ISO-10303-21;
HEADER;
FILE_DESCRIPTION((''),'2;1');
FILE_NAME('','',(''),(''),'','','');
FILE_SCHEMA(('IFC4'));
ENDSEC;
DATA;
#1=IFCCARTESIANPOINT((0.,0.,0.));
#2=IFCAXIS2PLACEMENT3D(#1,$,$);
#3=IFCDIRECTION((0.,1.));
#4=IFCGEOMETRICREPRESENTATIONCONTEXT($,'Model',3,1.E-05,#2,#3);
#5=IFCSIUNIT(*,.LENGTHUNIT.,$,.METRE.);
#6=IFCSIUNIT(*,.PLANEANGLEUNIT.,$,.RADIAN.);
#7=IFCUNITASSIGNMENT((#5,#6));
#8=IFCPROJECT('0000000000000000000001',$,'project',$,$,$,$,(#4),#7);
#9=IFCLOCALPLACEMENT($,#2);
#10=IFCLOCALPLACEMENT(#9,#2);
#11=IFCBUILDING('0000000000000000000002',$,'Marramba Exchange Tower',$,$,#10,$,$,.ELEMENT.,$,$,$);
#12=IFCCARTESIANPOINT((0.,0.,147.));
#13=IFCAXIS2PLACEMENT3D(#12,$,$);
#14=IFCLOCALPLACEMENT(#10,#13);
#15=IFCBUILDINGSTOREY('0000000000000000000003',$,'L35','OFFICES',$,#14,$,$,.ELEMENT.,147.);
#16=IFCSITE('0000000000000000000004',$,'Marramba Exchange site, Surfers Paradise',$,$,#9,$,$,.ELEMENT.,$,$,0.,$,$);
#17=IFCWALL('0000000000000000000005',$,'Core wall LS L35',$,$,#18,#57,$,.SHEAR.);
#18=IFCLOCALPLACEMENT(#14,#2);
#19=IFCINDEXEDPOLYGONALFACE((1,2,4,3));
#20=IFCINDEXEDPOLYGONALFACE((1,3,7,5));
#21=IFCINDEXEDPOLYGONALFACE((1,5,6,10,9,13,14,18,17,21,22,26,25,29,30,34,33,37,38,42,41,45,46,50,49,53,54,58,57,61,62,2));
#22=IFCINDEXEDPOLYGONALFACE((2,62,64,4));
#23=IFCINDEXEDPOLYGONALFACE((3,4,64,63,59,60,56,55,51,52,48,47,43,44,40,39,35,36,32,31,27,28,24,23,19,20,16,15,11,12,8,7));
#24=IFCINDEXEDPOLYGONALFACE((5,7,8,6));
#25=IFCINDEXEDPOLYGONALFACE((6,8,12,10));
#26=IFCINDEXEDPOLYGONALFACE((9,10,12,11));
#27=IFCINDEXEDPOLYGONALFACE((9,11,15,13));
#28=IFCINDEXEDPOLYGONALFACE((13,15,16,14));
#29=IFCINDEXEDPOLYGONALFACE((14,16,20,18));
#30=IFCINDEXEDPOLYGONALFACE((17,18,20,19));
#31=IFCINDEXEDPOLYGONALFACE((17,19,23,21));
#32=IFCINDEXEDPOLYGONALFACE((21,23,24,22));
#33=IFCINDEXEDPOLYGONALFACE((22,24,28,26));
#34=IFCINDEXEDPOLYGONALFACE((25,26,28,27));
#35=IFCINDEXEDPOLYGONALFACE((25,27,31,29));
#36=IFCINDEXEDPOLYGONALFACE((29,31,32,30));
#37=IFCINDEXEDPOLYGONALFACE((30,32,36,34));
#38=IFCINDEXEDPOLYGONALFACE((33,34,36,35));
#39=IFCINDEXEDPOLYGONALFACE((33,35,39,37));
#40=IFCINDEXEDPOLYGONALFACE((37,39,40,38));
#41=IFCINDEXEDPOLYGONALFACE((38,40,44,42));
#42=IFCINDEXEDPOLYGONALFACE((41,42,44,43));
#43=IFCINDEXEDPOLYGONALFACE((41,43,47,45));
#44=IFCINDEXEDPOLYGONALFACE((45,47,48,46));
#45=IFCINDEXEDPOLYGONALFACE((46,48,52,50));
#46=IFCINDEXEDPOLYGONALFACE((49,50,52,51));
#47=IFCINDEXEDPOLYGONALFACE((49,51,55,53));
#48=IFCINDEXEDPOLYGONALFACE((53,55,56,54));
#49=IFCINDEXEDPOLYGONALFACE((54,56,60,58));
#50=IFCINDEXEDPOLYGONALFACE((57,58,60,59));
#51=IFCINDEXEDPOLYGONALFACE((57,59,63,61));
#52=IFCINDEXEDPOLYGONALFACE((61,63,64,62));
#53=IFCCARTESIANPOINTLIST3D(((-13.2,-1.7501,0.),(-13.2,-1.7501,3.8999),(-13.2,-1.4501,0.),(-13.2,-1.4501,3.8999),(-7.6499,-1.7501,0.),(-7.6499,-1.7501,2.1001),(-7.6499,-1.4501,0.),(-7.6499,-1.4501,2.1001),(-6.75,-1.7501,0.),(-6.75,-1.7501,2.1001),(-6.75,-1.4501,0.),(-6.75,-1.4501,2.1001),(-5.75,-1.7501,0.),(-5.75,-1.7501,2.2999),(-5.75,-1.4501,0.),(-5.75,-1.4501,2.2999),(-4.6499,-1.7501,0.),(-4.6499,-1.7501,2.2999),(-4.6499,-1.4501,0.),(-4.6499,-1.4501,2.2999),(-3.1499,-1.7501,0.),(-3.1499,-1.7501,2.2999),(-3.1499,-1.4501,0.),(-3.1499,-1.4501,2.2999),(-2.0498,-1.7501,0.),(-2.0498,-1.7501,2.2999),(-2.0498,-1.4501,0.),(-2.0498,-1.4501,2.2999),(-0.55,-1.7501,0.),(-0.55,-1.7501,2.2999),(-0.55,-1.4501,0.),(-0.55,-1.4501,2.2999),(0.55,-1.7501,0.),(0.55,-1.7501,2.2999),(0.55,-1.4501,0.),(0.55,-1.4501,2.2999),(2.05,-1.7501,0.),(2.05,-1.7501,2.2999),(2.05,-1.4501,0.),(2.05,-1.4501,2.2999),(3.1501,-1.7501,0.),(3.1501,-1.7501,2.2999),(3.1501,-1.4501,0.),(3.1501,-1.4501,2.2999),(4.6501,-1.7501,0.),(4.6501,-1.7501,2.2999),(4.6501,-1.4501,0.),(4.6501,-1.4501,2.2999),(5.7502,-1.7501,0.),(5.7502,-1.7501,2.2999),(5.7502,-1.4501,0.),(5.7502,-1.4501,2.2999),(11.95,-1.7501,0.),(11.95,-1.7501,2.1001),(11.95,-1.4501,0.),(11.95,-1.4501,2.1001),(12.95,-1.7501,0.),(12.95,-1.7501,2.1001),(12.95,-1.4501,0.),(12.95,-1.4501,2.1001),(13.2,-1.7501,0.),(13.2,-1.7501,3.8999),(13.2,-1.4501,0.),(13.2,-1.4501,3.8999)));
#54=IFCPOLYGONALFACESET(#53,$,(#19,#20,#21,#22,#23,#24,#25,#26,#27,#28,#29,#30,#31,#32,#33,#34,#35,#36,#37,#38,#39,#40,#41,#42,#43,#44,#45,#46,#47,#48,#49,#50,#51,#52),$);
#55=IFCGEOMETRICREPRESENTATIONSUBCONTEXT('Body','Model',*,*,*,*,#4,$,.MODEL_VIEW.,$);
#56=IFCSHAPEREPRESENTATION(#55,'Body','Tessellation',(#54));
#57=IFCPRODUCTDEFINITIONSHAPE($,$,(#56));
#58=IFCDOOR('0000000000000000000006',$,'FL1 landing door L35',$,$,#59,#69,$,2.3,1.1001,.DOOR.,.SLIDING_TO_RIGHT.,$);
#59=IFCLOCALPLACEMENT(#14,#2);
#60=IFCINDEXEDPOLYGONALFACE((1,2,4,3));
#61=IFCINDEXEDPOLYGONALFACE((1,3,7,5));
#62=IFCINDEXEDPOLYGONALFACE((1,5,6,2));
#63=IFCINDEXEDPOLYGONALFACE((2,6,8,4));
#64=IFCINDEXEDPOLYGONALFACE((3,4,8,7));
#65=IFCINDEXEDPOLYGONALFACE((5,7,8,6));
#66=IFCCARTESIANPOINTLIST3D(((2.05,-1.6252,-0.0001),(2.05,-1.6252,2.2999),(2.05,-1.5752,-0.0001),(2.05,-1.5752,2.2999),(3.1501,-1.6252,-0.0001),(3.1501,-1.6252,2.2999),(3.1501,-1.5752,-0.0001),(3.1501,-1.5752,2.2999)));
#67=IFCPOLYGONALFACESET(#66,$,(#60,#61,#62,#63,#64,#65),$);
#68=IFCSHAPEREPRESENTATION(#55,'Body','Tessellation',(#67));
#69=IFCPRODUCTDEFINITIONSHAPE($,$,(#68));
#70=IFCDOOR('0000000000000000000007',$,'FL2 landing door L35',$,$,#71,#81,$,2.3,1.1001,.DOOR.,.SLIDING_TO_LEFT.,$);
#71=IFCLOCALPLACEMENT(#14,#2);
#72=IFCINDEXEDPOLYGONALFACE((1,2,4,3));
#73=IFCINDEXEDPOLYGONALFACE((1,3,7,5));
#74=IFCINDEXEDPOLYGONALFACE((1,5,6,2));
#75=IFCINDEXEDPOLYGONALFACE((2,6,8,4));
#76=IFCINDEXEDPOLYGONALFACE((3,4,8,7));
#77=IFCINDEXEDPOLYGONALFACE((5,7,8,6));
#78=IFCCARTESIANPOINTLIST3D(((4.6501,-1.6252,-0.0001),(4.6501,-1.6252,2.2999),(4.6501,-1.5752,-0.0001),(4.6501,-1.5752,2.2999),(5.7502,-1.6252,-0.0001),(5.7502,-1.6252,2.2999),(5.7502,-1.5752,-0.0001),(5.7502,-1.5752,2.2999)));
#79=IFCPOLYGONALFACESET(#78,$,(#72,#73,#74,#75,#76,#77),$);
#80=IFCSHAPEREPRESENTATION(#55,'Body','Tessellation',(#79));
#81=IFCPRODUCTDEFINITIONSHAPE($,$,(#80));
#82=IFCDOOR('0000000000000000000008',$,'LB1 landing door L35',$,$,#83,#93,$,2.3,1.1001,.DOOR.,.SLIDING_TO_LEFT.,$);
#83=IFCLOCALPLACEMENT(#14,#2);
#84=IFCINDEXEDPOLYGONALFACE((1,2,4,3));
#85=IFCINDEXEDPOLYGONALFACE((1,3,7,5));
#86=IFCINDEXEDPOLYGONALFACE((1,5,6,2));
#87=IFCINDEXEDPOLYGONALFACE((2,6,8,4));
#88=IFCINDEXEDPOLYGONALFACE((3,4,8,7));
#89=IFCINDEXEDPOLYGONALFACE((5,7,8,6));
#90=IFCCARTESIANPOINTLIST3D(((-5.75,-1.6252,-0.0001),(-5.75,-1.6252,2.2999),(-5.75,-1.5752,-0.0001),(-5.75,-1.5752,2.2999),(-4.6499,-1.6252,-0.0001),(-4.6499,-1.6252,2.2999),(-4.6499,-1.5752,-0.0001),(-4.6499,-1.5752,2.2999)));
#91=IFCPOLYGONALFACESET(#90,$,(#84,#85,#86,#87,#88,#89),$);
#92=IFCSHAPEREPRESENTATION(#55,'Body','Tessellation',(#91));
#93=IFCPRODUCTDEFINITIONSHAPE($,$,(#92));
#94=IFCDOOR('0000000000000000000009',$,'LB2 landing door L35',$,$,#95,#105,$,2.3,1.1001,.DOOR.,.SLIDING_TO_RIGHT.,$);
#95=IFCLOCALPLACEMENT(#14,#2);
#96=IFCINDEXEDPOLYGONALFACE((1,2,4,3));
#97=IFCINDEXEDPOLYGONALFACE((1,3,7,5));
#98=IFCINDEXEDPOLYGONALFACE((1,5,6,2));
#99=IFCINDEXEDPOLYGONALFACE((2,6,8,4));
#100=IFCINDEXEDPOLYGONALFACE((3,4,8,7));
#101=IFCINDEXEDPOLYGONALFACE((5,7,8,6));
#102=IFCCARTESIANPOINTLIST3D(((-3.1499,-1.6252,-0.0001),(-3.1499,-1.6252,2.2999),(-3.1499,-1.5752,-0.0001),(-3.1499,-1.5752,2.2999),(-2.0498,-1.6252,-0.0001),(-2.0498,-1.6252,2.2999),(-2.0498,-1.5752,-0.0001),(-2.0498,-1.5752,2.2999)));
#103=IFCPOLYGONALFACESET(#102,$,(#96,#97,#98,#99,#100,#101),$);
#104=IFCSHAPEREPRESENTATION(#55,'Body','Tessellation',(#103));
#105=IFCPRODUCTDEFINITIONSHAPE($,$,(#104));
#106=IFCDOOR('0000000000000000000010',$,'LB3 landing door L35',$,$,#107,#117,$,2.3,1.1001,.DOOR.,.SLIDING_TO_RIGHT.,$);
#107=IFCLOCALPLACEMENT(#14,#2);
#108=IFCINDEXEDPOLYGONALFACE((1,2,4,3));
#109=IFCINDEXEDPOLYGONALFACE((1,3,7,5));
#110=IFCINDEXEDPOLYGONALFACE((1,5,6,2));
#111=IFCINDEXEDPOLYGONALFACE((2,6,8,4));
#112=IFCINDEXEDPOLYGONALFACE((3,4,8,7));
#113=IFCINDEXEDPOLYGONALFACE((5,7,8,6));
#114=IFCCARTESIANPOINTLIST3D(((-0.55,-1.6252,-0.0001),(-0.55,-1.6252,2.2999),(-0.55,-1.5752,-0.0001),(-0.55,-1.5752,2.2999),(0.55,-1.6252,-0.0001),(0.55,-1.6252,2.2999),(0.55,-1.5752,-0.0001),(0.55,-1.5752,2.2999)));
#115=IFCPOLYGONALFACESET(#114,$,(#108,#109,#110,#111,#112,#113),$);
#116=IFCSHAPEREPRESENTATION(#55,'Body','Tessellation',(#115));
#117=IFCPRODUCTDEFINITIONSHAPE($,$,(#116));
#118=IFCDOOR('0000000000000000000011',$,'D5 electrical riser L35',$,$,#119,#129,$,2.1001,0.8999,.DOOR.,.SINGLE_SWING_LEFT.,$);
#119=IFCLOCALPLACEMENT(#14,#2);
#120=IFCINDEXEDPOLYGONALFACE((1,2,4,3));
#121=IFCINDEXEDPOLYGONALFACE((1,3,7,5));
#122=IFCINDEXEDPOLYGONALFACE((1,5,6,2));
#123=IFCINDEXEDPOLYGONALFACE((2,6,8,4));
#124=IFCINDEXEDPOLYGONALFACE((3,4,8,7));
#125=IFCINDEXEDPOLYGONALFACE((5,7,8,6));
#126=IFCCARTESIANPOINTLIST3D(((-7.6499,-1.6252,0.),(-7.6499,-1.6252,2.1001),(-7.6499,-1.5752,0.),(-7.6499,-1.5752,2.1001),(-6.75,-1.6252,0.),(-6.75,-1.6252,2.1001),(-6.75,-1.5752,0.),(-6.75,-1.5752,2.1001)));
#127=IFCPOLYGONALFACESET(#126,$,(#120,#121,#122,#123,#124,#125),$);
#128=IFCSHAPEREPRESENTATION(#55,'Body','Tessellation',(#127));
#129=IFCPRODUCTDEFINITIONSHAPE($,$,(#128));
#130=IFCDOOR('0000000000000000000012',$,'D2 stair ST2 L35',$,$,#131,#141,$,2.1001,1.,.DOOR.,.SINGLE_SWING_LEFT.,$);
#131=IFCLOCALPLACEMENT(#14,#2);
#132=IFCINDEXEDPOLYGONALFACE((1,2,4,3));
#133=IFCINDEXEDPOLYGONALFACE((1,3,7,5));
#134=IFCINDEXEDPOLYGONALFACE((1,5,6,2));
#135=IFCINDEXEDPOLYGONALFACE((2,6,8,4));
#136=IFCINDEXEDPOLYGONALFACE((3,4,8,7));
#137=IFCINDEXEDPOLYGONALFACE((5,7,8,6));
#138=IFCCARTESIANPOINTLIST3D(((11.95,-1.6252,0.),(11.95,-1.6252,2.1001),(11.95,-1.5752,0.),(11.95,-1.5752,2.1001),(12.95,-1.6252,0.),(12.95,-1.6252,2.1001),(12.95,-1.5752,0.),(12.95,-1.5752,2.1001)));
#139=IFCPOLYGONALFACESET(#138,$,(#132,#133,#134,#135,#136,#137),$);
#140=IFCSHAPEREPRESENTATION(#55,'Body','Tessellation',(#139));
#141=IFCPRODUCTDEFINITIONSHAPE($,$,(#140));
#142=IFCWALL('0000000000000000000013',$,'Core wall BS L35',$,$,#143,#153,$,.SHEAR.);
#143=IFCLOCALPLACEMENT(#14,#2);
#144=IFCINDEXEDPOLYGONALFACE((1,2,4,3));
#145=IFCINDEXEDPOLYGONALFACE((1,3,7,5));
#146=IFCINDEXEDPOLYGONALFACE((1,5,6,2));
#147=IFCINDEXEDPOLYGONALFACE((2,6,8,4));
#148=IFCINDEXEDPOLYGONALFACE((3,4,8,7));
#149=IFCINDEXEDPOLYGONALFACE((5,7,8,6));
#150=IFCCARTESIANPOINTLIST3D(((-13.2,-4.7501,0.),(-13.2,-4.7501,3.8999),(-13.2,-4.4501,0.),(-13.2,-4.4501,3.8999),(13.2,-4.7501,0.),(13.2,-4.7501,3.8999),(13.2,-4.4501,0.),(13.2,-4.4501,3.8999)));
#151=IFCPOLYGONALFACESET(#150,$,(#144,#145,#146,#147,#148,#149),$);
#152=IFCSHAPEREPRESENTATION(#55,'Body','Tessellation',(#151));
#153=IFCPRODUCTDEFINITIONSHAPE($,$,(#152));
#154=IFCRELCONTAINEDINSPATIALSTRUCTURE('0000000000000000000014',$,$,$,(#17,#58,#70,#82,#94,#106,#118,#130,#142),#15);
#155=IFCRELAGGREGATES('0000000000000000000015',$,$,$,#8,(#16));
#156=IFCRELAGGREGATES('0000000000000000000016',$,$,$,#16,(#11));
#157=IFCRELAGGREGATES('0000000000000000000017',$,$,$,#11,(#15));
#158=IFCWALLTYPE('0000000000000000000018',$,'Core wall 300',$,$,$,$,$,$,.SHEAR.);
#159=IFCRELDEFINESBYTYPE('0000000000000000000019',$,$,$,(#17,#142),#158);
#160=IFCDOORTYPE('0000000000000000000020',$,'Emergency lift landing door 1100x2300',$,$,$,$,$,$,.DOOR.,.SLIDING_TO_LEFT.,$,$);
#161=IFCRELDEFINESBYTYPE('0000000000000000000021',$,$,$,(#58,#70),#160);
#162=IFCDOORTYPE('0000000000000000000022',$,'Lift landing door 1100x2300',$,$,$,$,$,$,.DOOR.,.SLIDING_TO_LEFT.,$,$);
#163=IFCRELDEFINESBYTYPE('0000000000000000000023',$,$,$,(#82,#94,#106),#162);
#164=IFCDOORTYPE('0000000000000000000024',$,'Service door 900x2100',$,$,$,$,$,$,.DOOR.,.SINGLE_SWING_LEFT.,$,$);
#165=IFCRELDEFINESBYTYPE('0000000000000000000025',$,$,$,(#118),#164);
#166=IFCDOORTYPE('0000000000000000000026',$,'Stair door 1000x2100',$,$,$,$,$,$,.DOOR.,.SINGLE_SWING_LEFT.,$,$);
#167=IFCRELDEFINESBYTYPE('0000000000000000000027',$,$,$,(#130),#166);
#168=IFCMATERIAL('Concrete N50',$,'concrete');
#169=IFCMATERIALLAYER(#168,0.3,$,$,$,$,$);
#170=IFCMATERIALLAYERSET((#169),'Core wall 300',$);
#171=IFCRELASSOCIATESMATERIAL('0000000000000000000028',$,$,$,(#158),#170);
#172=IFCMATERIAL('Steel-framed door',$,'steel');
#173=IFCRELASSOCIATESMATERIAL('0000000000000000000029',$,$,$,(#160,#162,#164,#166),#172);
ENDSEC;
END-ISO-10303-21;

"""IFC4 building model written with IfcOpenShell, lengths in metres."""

from ifc_helpers import new_model, si_unit, direction, frame, frame_2d, origin, place, context, subcontext, project, spatial, rectangle, extrude, material, layer, layer_set, type_object, element, fill, save


model = new_model("IFC4")

# Units and contexts
model_context = context("Model", 3, precision=1e-05, world=origin(), true_north=direction((0.0, 1.0)))
body_context = subcontext(model_context, "Body", "Model", "MODEL_VIEW")
ifc_project = project(units=[si_unit("LENGTHUNIT", "METRE"), si_unit("PLANEANGLEUNIT", "RADIAN")], contexts=[model_context])

# Site, building, storey
site_placement = place(None, origin())
site = spatial("IfcSite", under=ifc_project, at=site_placement, Name="Marramba Exchange site, Surfers Paradise", CompositionType="ELEMENT", RefElevation=0.0)
building_placement = place(site_placement, origin())
building = spatial("IfcBuilding", under=site, at=building_placement, Name="Marramba Exchange Tower", CompositionType="ELEMENT")
storey_placement = place(building_placement, frame((0.0, 0.0, 147.0)))
storey = spatial("IfcBuildingStorey", under=building, at=storey_placement, Name="L35", Description="OFFICES", CompositionType="ELEMENT", Elevation=147.0)

# Shared definitions
ifc_material_1 = material(Name="Concrete N50", Category="concrete")

# Wall, openings, doors
ifc_layer_1 = layer(ifc_material_1, 0.3)
ifc_layer_set_1 = layer_set([ifc_layer_1], Name="Core wall 300")
wall_type_1 = type_object("IfcWallType", Name="Core wall 300", PredefinedType="SHEAR", material=ifc_layer_set_1)
wall_1_placement = place(storey_placement, frame((-13.2, -1.6001, 0.0), z_axis=(0.0, 0.0, 1.0), x_axis=(1.0, 0.0, 0.0)))
wall_1 = element("IfcWall", 1, at=wall_1_placement, inside=storey, type_object=wall_type_1, Name="Core wall LS L35", PredefinedType="SHEAR", context=body_context, shape_type="SweptSolid", body=[
    extrude(rectangle(XDim=26.3999, YDim=0.3, at=frame_2d((13.2, 0.0))), origin(), (0.0, 0.0, 1.0), 3.8999),
])
opening_1_placement = place(wall_1_placement, frame((25.1499, 0.0, 0.0)))
opening_1 = element("IfcOpeningElement", 2, at=opening_1_placement, cuts=wall_1, PredefinedType="OPENING", context=body_context, shape_type="SweptSolid", body=[
    extrude(rectangle(XDim=1.0, YDim=2.1001, at=frame_2d((0.5, 1.05))), frame((0.0, 0.1599, 0.0), z_axis=(0.0, -1.0, 0.0), x_axis=(1.0, 0.0, 0.0)), (0.0, 0.0, 1.0), 0.3201),
])
opening_2_placement = place(wall_1_placement, frame((7.45, 0.0, 0.0)))
opening_2 = element("IfcOpeningElement", 3, at=opening_2_placement, cuts=wall_1, PredefinedType="OPENING", context=body_context, shape_type="SweptSolid", body=[
    extrude(rectangle(XDim=1.1001, YDim=2.3, at=frame_2d((0.55, 1.1499))), frame((0.0, 0.1599, 0.0), z_axis=(0.0, -1.0, 0.0), x_axis=(1.0, 0.0, 0.0)), (0.0, 0.0, 1.0), 0.3201),
])
opening_3_placement = place(wall_1_placement, frame((10.05, 0.0, 0.0)))
opening_3 = element("IfcOpeningElement", 4, at=opening_3_placement, cuts=wall_1, PredefinedType="OPENING", context=body_context, shape_type="SweptSolid", body=[
    extrude(rectangle(XDim=1.1001, YDim=2.3, at=frame_2d((0.55, 1.1499))), frame((0.0, 0.1599, 0.0), z_axis=(0.0, -1.0, 0.0), x_axis=(1.0, 0.0, 0.0)), (0.0, 0.0, 1.0), 0.3201),
])
opening_4_placement = place(wall_1_placement, frame((12.6499, 0.0, 0.0)))
opening_4 = element("IfcOpeningElement", 5, at=opening_4_placement, cuts=wall_1, PredefinedType="OPENING", context=body_context, shape_type="SweptSolid", body=[
    extrude(rectangle(XDim=1.1001, YDim=2.3, at=frame_2d((0.55, 1.1499))), frame((0.0, 0.1599, 0.0), z_axis=(0.0, -1.0, 0.0), x_axis=(1.0, 0.0, 0.0)), (0.0, 0.0, 1.0), 0.3201),
])
opening_5_placement = place(wall_1_placement, frame((15.25, 0.0, 0.0)))
opening_5 = element("IfcOpeningElement", 6, at=opening_5_placement, cuts=wall_1, PredefinedType="OPENING", context=body_context, shape_type="SweptSolid", body=[
    extrude(rectangle(XDim=1.1001, YDim=2.3, at=frame_2d((0.55, 1.1499))), frame((0.0, 0.1599, 0.0), z_axis=(0.0, -1.0, 0.0), x_axis=(1.0, 0.0, 0.0)), (0.0, 0.0, 1.0), 0.3201),
])
opening_6_placement = place(wall_1_placement, frame((17.8501, 0.0, 0.0)))
opening_6 = element("IfcOpeningElement", 7, at=opening_6_placement, cuts=wall_1, PredefinedType="OPENING", context=body_context, shape_type="SweptSolid", body=[
    extrude(rectangle(XDim=1.1001, YDim=2.3, at=frame_2d((0.55, 1.1499))), frame((0.0, 0.1599, 0.0), z_axis=(0.0, -1.0, 0.0), x_axis=(1.0, 0.0, 0.0)), (0.0, 0.0, 1.0), 0.3201),
])
opening_7_placement = place(wall_1_placement, frame((5.55, 0.0, 0.0)))
opening_7 = element("IfcOpeningElement", 8, at=opening_7_placement, cuts=wall_1, PredefinedType="OPENING", context=body_context, shape_type="SweptSolid", body=[
    extrude(rectangle(XDim=0.8999, YDim=2.1001, at=frame_2d((0.45, 1.05))), frame((0.0, 0.1599, 0.0), z_axis=(0.0, -1.0, 0.0), x_axis=(1.0, 0.0, 0.0)), (0.0, 0.0, 1.0), 0.3201),
])
ifc_material_2 = material(Name="Steel-framed door", Category="steel")
door_type_1 = type_object("IfcDoorType", Name="Emergency lift landing door 1100x2300", OperationType="SLIDING_TO_LEFT", PredefinedType="DOOR", material=ifc_material_2)
door_1_placement = place(opening_5_placement, frame((1.1001, 0.0, 0.0), z_axis=(0.0, 0.0, 1.0), x_axis=(-1.0, 0.0, 0.0)))
door_1 = element("IfcDoor", 9, at=door_1_placement, inside=storey, type_object=door_type_1, Name="FL1 landing door L35", OperationType="SLIDING_TO_RIGHT", OverallHeight=2.3, OverallWidth=1.1001, PredefinedType="DOOR", context=body_context, shape_type="SweptSolid", body=[
    extrude(rectangle(XDim=1.1001, YDim=2.3, at=frame_2d((0.55, 1.1499))), frame((0.0, 0.0251, 0.0), z_axis=(0.0, -1.0, 0.0), x_axis=(1.0, 0.0, 0.0)), (0.0, 0.0, 1.0), 0.05),
])
fill(opening_5, door_1)
door_2_placement = place(opening_6_placement, frame((1.1001, 0.0, 0.0), z_axis=(0.0, 0.0, 1.0), x_axis=(-1.0, 0.0, 0.0)))
door_2 = element("IfcDoor", 10, at=door_2_placement, inside=storey, type_object=door_type_1, Name="FL2 landing door L35", OperationType="SLIDING_TO_LEFT", OverallHeight=2.3, OverallWidth=1.1001, PredefinedType="DOOR", context=body_context, shape_type="SweptSolid", body=[
    extrude(rectangle(XDim=1.1001, YDim=2.3, at=frame_2d((0.55, 1.1499))), frame((0.0, 0.0251, 0.0), z_axis=(0.0, -1.0, 0.0), x_axis=(1.0, 0.0, 0.0)), (0.0, 0.0, 1.0), 0.05),
])
fill(opening_6, door_2)
door_type_2 = type_object("IfcDoorType", Name="Lift landing door 1100x2300", OperationType="SLIDING_TO_LEFT", PredefinedType="DOOR", material=ifc_material_2)
door_3_placement = place(opening_2_placement, frame((1.1001, 0.0, 0.0), z_axis=(0.0, 0.0, 1.0), x_axis=(-1.0, 0.0, 0.0)))
door_3 = element("IfcDoor", 11, at=door_3_placement, inside=storey, type_object=door_type_2, Name="LB1 landing door L35", OperationType="SLIDING_TO_LEFT", OverallHeight=2.3, OverallWidth=1.1001, PredefinedType="DOOR", context=body_context, shape_type="SweptSolid", body=[
    extrude(rectangle(XDim=1.1001, YDim=2.3, at=frame_2d((0.55, 1.1499))), frame((0.0, 0.0251, 0.0), z_axis=(0.0, -1.0, 0.0), x_axis=(1.0, 0.0, 0.0)), (0.0, 0.0, 1.0), 0.05),
])
fill(opening_2, door_3)
door_4_placement = place(opening_3_placement, frame((1.1001, 0.0, 0.0), z_axis=(0.0, 0.0, 1.0), x_axis=(-1.0, 0.0, 0.0)))
door_4 = element("IfcDoor", 12, at=door_4_placement, inside=storey, type_object=door_type_2, Name="LB2 landing door L35", OperationType="SLIDING_TO_RIGHT", OverallHeight=2.3, OverallWidth=1.1001, PredefinedType="DOOR", context=body_context, shape_type="SweptSolid", body=[
    extrude(rectangle(XDim=1.1001, YDim=2.3, at=frame_2d((0.55, 1.1499))), frame((0.0, 0.0251, 0.0), z_axis=(0.0, -1.0, 0.0), x_axis=(1.0, 0.0, 0.0)), (0.0, 0.0, 1.0), 0.05),
])
fill(opening_3, door_4)
door_5_placement = place(opening_4_placement, frame((1.1001, 0.0, 0.0), z_axis=(0.0, 0.0, 1.0), x_axis=(-1.0, 0.0, 0.0)))
door_5 = element("IfcDoor", 13, at=door_5_placement, inside=storey, type_object=door_type_2, Name="LB3 landing door L35", OperationType="SLIDING_TO_RIGHT", OverallHeight=2.3, OverallWidth=1.1001, PredefinedType="DOOR", context=body_context, shape_type="SweptSolid", body=[
    extrude(rectangle(XDim=1.1001, YDim=2.3, at=frame_2d((0.55, 1.1499))), frame((0.0, 0.0251, 0.0), z_axis=(0.0, -1.0, 0.0), x_axis=(1.0, 0.0, 0.0)), (0.0, 0.0, 1.0), 0.05),
])
fill(opening_4, door_5)
door_type_3 = type_object("IfcDoorType", Name="Service door 900x2100", OperationType="SINGLE_SWING_LEFT", PredefinedType="DOOR", material=ifc_material_2)
door_6_placement = place(opening_7_placement, frame((0.8999, 0.0, 0.0), z_axis=(0.0, 0.0, 1.0), x_axis=(-1.0, 0.0, 0.0)))
door_6 = element("IfcDoor", 14, at=door_6_placement, inside=storey, type_object=door_type_3, Name="D5 electrical riser L35", OperationType="SINGLE_SWING_LEFT", OverallHeight=2.1001, OverallWidth=0.8999, PredefinedType="DOOR", context=body_context, shape_type="SweptSolid", body=[
    extrude(rectangle(XDim=0.8999, YDim=2.1001, at=frame_2d((0.45, 1.05))), frame((0.0, 0.0251, 0.0), z_axis=(0.0, -1.0, 0.0), x_axis=(1.0, 0.0, 0.0)), (0.0, 0.0, 1.0), 0.05),
])
fill(opening_7, door_6)
door_type_4 = type_object("IfcDoorType", Name="Stair door 1000x2100", OperationType="SINGLE_SWING_LEFT", PredefinedType="DOOR", material=ifc_material_2)
door_7_placement = place(opening_1_placement, frame((1.0, 0.0, 0.0), z_axis=(0.0, 0.0, 1.0), x_axis=(-1.0, 0.0, 0.0)))
door_7 = element("IfcDoor", 15, at=door_7_placement, inside=storey, type_object=door_type_4, Name="D2 stair ST2 L35", OperationType="SINGLE_SWING_LEFT", OverallHeight=2.1001, OverallWidth=1.0, PredefinedType="DOOR", context=body_context, shape_type="SweptSolid", body=[
    extrude(rectangle(XDim=1.0, YDim=2.1001, at=frame_2d((0.5, 1.05))), frame((0.0, 0.0251, 0.0), z_axis=(0.0, -1.0, 0.0), x_axis=(1.0, 0.0, 0.0)), (0.0, 0.0, 1.0), 0.05),
])
fill(opening_1, door_7)

# Wall
wall_2_placement = place(storey_placement, frame((-13.2, -4.6001, 0.0), z_axis=(0.0, 0.0, 1.0), x_axis=(1.0, 0.0, 0.0)))
element("IfcWall", 16, at=wall_2_placement, inside=storey, type_object=wall_type_1, Name="Core wall BS L35", PredefinedType="SHEAR", context=body_context, shape_type="SweptSolid", body=[
    extrude(rectangle(XDim=26.3999, YDim=0.3, at=frame_2d((13.2, 0.0))), origin(), (0.0, 0.0, 1.0), 3.8999),
])

save(model, "model.ifc")
